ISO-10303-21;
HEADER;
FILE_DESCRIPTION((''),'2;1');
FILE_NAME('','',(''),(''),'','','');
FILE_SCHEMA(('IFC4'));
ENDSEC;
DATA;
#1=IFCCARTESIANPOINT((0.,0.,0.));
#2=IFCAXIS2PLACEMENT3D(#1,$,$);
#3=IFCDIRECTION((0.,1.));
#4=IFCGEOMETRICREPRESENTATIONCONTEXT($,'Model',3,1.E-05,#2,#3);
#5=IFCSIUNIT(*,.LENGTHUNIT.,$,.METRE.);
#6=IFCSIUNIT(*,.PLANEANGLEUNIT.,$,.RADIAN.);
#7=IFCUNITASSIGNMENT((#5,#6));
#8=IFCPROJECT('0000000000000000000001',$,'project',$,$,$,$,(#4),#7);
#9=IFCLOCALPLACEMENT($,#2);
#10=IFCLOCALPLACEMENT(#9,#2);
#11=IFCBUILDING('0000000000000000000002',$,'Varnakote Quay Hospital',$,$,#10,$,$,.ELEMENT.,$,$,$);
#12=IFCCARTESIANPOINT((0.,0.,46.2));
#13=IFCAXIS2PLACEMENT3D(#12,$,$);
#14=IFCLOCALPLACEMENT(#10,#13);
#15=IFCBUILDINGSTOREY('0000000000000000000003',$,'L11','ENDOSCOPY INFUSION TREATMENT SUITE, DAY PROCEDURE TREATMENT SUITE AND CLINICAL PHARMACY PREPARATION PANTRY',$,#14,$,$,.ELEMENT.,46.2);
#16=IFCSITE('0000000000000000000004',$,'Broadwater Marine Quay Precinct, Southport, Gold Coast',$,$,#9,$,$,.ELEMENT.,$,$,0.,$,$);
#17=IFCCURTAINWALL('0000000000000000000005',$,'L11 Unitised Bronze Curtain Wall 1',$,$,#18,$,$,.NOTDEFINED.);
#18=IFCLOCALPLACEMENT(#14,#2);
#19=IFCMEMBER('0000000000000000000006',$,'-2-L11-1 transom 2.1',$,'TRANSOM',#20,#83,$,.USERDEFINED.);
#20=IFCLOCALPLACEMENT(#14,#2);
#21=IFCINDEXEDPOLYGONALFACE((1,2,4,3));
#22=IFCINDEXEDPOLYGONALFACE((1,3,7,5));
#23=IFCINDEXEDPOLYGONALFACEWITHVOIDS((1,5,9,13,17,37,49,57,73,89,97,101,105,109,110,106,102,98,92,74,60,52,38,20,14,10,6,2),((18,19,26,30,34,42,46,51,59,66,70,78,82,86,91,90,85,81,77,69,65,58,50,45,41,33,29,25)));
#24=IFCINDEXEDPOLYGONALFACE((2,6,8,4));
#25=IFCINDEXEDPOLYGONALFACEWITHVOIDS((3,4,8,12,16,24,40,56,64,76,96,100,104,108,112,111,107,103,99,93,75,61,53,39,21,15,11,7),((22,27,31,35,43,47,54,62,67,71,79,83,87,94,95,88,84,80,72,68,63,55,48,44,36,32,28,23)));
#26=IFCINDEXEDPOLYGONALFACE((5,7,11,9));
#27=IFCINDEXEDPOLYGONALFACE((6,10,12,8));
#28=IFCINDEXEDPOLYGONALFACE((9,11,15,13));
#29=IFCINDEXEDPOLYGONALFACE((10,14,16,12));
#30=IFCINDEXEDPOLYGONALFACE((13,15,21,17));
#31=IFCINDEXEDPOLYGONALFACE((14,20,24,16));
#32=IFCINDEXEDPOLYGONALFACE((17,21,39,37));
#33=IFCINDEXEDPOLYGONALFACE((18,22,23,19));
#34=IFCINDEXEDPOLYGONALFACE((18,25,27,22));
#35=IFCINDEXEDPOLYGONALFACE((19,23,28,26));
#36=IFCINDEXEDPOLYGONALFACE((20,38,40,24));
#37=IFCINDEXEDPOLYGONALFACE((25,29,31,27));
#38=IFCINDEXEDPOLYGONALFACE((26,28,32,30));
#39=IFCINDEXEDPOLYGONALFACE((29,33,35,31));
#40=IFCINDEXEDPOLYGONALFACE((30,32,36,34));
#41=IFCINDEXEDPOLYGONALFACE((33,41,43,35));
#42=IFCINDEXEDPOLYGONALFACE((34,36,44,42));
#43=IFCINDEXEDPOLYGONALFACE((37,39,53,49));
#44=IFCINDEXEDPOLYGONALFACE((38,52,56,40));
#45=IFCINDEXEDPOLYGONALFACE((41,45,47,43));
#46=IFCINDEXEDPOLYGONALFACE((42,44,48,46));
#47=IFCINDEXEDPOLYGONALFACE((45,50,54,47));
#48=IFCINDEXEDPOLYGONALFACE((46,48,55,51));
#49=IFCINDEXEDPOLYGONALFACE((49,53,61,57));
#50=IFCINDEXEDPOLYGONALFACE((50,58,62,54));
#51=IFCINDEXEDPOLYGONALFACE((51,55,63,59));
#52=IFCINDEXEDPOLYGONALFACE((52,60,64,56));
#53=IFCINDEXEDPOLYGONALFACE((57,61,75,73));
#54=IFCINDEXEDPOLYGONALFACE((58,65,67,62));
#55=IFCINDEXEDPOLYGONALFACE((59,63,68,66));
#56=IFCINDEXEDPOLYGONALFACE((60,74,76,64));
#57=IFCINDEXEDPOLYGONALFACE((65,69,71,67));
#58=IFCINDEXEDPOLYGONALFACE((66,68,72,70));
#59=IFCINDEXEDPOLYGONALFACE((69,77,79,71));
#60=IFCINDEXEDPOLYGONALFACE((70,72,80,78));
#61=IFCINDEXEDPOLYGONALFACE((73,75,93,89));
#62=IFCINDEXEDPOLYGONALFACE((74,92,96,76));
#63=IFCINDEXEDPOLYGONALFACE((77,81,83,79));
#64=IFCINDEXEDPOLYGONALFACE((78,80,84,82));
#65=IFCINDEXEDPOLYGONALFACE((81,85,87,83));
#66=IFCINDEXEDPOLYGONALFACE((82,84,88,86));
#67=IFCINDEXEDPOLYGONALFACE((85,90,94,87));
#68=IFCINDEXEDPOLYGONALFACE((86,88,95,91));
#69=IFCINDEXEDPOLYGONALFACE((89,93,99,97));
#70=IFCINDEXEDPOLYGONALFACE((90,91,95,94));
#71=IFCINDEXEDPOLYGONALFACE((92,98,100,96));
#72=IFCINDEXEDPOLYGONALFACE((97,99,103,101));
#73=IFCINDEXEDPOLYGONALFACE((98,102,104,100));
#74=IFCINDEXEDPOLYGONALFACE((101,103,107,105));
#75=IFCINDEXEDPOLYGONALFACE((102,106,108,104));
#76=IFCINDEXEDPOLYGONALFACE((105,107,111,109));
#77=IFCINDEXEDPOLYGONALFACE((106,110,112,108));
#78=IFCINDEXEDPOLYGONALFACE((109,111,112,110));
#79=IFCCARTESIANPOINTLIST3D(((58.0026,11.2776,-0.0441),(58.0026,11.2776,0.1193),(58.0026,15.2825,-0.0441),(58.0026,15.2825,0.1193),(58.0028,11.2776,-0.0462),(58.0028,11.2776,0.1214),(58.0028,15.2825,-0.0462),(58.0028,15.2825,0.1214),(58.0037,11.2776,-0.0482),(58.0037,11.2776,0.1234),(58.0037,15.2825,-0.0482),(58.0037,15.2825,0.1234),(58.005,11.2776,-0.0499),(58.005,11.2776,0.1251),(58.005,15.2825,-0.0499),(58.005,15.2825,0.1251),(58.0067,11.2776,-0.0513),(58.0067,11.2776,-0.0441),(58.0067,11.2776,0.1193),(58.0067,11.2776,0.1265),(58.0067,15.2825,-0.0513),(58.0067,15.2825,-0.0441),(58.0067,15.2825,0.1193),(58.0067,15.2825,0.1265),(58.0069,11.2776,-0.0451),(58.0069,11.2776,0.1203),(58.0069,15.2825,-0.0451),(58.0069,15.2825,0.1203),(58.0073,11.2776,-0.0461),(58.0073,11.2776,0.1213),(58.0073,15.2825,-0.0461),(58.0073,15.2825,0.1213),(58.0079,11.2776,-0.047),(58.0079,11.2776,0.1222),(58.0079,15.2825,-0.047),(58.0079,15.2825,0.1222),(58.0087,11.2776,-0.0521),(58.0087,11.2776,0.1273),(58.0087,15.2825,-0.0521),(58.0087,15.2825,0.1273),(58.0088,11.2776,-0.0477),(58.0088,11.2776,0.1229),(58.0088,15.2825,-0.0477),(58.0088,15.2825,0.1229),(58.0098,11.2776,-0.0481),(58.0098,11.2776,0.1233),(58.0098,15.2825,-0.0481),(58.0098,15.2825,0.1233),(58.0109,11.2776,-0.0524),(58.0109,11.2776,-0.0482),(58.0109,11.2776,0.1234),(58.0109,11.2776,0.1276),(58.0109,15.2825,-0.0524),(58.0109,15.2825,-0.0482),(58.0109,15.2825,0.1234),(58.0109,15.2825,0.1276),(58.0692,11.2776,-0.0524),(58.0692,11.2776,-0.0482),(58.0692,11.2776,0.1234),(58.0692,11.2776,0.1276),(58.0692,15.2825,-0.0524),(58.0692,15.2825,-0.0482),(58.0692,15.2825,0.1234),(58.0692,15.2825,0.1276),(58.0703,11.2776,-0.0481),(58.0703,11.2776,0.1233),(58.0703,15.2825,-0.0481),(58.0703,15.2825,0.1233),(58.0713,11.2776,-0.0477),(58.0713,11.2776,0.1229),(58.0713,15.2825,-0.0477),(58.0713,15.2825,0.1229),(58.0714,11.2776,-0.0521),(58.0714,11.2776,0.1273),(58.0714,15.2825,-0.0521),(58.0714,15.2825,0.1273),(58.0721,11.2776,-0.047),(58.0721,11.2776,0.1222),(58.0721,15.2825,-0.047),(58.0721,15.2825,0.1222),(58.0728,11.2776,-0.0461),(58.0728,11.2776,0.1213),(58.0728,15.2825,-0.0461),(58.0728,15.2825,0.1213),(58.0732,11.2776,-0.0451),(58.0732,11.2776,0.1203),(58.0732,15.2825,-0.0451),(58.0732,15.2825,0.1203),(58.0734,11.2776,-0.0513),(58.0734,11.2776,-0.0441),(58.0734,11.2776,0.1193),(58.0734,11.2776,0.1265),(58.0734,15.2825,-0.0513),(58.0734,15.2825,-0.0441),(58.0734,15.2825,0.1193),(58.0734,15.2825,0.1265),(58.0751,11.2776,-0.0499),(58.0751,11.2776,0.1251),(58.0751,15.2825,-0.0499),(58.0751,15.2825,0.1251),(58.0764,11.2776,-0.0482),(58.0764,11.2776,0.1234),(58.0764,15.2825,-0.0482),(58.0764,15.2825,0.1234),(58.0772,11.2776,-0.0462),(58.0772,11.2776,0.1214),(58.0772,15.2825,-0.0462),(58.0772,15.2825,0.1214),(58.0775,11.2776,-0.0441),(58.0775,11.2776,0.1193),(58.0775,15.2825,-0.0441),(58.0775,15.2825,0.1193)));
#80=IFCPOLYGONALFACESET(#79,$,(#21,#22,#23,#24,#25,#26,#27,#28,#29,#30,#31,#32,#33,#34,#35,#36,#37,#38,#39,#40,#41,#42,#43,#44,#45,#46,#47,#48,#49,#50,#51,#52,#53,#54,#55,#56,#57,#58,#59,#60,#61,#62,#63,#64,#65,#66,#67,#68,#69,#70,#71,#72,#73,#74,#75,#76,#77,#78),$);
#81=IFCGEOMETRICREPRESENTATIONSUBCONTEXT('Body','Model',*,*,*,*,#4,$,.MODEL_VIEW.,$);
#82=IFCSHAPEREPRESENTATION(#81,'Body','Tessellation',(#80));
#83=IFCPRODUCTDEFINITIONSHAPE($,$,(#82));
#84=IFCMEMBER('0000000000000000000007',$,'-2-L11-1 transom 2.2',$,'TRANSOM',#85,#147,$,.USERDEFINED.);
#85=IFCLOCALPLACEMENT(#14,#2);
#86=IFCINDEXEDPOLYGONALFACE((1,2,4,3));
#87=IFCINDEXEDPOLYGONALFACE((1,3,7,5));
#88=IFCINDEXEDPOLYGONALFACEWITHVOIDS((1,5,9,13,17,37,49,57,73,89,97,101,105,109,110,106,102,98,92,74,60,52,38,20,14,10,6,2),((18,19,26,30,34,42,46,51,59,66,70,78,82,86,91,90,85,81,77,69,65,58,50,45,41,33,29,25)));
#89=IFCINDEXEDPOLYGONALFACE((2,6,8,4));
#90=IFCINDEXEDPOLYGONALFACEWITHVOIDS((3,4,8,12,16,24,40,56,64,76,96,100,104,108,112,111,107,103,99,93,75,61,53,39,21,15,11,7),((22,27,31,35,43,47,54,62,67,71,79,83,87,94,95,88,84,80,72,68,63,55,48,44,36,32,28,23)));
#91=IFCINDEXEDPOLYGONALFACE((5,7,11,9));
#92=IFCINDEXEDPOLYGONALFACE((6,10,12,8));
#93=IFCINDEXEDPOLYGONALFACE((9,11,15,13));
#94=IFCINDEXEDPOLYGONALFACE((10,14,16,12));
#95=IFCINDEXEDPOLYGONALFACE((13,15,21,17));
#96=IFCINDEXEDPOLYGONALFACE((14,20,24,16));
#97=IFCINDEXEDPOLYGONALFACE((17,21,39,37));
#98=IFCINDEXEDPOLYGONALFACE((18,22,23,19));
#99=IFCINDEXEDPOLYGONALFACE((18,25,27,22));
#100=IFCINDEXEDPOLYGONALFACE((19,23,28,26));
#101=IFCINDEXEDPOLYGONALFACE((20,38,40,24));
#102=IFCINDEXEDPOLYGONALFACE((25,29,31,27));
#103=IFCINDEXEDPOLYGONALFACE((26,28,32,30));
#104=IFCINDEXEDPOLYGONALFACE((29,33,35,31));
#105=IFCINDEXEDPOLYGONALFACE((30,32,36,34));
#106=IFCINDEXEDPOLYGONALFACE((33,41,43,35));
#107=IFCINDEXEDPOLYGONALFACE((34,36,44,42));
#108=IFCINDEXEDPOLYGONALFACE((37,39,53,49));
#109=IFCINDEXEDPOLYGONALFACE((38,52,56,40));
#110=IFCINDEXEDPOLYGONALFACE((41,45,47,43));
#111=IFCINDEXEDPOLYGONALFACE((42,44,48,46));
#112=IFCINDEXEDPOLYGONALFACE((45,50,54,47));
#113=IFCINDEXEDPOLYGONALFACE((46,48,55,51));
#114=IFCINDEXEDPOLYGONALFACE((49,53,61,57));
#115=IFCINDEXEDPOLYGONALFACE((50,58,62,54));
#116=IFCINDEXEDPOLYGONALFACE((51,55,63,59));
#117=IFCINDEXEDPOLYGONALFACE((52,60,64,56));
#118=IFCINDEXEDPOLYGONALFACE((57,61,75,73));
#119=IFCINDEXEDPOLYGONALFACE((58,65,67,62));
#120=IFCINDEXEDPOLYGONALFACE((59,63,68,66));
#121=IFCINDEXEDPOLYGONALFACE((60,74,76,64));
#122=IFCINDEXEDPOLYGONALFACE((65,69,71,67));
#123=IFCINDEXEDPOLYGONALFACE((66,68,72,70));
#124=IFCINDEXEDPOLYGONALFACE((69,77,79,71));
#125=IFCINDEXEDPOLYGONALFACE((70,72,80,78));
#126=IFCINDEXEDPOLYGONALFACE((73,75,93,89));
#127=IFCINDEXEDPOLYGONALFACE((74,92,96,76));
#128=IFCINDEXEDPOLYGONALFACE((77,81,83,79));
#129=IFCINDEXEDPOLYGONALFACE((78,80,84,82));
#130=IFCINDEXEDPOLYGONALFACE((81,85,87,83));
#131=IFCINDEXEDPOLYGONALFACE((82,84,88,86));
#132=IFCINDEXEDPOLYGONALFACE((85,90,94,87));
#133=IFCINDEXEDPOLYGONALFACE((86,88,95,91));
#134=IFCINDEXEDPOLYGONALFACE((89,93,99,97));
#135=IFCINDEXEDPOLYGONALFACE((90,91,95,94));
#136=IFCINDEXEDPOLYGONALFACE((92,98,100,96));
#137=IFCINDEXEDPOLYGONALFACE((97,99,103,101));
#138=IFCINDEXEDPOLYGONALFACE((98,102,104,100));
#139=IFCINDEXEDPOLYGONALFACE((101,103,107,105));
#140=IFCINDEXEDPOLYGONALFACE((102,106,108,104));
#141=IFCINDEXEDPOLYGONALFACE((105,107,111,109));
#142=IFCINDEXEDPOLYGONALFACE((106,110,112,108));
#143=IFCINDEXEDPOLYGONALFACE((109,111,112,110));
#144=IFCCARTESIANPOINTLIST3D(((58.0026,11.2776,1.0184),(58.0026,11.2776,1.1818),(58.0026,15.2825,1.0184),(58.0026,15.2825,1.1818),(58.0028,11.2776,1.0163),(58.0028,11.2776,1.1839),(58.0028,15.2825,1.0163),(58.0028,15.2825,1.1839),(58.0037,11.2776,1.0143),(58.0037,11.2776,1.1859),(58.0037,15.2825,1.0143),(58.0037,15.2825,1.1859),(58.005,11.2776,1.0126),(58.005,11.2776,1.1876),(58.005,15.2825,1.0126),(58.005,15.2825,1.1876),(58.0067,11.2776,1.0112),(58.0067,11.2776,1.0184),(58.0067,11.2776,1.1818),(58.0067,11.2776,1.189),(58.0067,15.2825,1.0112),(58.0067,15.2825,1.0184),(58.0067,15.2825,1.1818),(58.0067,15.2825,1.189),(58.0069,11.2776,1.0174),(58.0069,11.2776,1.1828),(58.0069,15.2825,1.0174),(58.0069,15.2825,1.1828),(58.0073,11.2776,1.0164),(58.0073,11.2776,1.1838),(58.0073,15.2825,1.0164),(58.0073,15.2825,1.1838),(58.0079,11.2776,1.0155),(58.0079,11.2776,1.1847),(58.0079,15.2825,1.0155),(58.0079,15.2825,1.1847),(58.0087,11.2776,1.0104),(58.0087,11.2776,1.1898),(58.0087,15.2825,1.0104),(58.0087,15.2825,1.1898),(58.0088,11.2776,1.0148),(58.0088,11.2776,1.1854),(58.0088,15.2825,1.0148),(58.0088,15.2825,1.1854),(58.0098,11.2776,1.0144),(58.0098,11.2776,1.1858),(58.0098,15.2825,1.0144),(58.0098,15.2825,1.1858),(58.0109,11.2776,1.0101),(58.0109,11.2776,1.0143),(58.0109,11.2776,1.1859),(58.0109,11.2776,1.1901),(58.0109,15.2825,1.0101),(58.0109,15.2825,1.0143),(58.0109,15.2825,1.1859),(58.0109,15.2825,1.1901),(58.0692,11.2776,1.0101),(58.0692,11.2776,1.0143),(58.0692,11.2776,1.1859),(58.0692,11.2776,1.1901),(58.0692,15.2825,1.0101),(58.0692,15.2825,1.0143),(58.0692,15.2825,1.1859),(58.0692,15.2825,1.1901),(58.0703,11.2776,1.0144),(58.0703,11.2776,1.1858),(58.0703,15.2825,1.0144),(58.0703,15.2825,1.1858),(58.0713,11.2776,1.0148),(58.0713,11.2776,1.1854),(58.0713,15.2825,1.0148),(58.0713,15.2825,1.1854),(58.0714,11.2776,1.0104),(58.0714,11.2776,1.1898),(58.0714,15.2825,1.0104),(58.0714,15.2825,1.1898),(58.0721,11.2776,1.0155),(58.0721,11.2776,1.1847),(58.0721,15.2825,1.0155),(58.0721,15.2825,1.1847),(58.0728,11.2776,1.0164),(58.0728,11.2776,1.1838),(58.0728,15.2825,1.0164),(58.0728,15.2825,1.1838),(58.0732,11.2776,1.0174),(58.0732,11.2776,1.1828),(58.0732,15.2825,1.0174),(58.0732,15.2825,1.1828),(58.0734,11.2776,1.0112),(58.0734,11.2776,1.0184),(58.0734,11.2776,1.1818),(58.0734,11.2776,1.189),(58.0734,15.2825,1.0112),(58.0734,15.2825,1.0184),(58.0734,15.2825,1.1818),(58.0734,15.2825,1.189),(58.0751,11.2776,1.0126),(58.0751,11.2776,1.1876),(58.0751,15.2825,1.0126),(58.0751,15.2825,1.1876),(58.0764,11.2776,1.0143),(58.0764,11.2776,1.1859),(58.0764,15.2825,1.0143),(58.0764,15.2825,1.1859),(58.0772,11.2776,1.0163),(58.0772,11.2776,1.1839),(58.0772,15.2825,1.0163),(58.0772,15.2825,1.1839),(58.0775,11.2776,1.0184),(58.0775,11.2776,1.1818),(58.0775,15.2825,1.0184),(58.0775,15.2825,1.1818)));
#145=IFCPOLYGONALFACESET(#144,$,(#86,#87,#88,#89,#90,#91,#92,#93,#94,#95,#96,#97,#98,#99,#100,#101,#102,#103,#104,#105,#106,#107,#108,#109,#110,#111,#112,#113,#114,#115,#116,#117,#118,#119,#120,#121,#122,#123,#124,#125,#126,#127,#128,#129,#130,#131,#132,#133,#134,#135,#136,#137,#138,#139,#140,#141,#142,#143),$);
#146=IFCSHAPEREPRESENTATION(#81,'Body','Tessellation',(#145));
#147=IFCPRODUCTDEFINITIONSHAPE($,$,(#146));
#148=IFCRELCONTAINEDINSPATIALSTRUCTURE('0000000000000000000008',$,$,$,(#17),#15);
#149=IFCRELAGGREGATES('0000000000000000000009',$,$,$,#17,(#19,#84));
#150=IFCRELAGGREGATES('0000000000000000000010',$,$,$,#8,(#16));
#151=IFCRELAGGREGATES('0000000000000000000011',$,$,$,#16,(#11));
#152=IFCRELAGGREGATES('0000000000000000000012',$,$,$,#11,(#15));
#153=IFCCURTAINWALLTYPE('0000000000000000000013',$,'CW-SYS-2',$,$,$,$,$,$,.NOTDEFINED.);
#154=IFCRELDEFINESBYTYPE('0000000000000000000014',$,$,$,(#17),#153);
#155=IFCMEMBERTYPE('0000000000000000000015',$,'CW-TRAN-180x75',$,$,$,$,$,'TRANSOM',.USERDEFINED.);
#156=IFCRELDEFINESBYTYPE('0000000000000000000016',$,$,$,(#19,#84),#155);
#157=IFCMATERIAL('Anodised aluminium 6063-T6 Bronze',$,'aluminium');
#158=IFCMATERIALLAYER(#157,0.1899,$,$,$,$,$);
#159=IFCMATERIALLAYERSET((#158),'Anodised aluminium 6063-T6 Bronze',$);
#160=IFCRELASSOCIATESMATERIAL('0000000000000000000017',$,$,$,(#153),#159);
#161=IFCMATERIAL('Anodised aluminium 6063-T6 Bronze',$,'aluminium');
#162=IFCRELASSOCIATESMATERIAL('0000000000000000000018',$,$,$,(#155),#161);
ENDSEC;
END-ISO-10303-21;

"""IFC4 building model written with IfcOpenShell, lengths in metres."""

from ifc_helpers import new_model, si_unit, direction, frame, origin, origin_2d, place, context, subcontext, project, spatial, hollow_rectangle, extrude, material, layer, layer_set, material_profile, profile_set, type_object, element, aggregate, save


model = new_model("IFC4")

# Units and contexts
model_context = context("Model", 3, precision=1e-05, world=origin(), true_north=direction((0.0, 1.0)))
body_context = subcontext(model_context, "Body", "Model", "MODEL_VIEW")
ifc_project = project(units=[si_unit("LENGTHUNIT", "METRE"), si_unit("PLANEANGLEUNIT", "RADIAN")], contexts=[model_context])

# Site, building, storey
site_placement = place(None, origin())
site = spatial("IfcSite", under=ifc_project, at=site_placement, Name="Broadwater Marine Quay Precinct, Southport, Gold Coast", CompositionType="ELEMENT", RefElevation=0.0)
building_placement = place(site_placement, origin())
building = spatial("IfcBuilding", under=site, at=building_placement, Name="Varnakote Quay Hospital", CompositionType="ELEMENT")
storey_placement = place(building_placement, frame((0.0, 0.0, 46.2)))
storey = spatial("IfcBuildingStorey", under=building, at=storey_placement, Name="L11", Description="ENDOSCOPY INFUSION TREATMENT SUITE, DAY PROCEDURE TREATMENT SUITE AND CLINICAL PHARMACY PREPARATION PANTRY", CompositionType="ELEMENT", Elevation=46.2)

# Curtain wall, members
ifc_material_1 = material(Name="Anodised aluminium 6063-T6 Bronze", Category="aluminium")
ifc_layer_1 = layer(ifc_material_1, 0.1899)
ifc_layer_set_1 = layer_set([ifc_layer_1], Name="Anodised aluminium 6063-T6 Bronze")
curtain_wall_type = type_object("IfcCurtainWallType", Name="CW-SYS-2", PredefinedType="NOTDEFINED", material=ifc_layer_set_1)
curtain_wall_placement = place(storey_placement, origin())
curtain_wall = element("IfcCurtainWall", 1, at=curtain_wall_placement, inside=storey, type_object=curtain_wall_type, Name="L11 Unitised Bronze Curtain Wall 1", PredefinedType="NOTDEFINED")
ifc_material_2 = material(Name="Anodised aluminium 6063-T6 Bronze", Category="aluminium")
ifc_material_profile_1 = material_profile(ifc_material_2, hollow_rectangle(XDim=0.075, YDim=0.1799, WallThickness=0.0042, InnerFilletRadius=0.0042, OuterFilletRadius=0.0083, at=origin_2d()), Name="CW-TRAN-180x75")
ifc_profile_set_1 = profile_set([ifc_material_profile_1], Name="Anodised aluminium 6063-T6 Bronze")
member_type_1 = type_object("IfcMemberType", Name="CW-TRAN-180x75", ElementType="TRANSOM", PredefinedType="USERDEFINED", material=ifc_profile_set_1)
member_1_placement = place(storey_placement, frame((58.04, 11.2776, 0.0376), z_axis=(0.0, 1.0, 0.0), x_axis=(-1.0, 0.0, 0.0)))
member_1 = element("IfcMember", 2, at=member_1_placement, type_object=member_type_1, Name="-2-L11-1 transom 2.1", ObjectType="TRANSOM", PredefinedType="USERDEFINED", context=body_context, shape_type="SweptSolid", body=[
    extrude(hollow_rectangle(XDim=0.075, YDim=0.1799, WallThickness=0.0042, InnerFilletRadius=0.0042, OuterFilletRadius=0.0083, at=origin_2d()), origin(), (0.0, 0.0, 1.0), 4.0049),
])
member_2_placement = place(storey_placement, frame((58.04, 11.2776, 1.1001), z_axis=(0.0, 1.0, 0.0), x_axis=(-1.0, 0.0, 0.0)))
member_2 = element("IfcMember", 3, at=member_2_placement, type_object=member_type_1, Name="-2-L11-1 transom 2.2", ObjectType="TRANSOM", PredefinedType="USERDEFINED", context=body_context, shape_type="SweptSolid", body=[
    extrude(hollow_rectangle(XDim=0.075, YDim=0.1799, WallThickness=0.0042, InnerFilletRadius=0.0042, OuterFilletRadius=0.0083, at=origin_2d()), origin(), (0.0, 0.0, 1.0), 4.0049),
])
aggregate(curtain_wall, [member_1, member_2])

save(model, "model.ifc")
